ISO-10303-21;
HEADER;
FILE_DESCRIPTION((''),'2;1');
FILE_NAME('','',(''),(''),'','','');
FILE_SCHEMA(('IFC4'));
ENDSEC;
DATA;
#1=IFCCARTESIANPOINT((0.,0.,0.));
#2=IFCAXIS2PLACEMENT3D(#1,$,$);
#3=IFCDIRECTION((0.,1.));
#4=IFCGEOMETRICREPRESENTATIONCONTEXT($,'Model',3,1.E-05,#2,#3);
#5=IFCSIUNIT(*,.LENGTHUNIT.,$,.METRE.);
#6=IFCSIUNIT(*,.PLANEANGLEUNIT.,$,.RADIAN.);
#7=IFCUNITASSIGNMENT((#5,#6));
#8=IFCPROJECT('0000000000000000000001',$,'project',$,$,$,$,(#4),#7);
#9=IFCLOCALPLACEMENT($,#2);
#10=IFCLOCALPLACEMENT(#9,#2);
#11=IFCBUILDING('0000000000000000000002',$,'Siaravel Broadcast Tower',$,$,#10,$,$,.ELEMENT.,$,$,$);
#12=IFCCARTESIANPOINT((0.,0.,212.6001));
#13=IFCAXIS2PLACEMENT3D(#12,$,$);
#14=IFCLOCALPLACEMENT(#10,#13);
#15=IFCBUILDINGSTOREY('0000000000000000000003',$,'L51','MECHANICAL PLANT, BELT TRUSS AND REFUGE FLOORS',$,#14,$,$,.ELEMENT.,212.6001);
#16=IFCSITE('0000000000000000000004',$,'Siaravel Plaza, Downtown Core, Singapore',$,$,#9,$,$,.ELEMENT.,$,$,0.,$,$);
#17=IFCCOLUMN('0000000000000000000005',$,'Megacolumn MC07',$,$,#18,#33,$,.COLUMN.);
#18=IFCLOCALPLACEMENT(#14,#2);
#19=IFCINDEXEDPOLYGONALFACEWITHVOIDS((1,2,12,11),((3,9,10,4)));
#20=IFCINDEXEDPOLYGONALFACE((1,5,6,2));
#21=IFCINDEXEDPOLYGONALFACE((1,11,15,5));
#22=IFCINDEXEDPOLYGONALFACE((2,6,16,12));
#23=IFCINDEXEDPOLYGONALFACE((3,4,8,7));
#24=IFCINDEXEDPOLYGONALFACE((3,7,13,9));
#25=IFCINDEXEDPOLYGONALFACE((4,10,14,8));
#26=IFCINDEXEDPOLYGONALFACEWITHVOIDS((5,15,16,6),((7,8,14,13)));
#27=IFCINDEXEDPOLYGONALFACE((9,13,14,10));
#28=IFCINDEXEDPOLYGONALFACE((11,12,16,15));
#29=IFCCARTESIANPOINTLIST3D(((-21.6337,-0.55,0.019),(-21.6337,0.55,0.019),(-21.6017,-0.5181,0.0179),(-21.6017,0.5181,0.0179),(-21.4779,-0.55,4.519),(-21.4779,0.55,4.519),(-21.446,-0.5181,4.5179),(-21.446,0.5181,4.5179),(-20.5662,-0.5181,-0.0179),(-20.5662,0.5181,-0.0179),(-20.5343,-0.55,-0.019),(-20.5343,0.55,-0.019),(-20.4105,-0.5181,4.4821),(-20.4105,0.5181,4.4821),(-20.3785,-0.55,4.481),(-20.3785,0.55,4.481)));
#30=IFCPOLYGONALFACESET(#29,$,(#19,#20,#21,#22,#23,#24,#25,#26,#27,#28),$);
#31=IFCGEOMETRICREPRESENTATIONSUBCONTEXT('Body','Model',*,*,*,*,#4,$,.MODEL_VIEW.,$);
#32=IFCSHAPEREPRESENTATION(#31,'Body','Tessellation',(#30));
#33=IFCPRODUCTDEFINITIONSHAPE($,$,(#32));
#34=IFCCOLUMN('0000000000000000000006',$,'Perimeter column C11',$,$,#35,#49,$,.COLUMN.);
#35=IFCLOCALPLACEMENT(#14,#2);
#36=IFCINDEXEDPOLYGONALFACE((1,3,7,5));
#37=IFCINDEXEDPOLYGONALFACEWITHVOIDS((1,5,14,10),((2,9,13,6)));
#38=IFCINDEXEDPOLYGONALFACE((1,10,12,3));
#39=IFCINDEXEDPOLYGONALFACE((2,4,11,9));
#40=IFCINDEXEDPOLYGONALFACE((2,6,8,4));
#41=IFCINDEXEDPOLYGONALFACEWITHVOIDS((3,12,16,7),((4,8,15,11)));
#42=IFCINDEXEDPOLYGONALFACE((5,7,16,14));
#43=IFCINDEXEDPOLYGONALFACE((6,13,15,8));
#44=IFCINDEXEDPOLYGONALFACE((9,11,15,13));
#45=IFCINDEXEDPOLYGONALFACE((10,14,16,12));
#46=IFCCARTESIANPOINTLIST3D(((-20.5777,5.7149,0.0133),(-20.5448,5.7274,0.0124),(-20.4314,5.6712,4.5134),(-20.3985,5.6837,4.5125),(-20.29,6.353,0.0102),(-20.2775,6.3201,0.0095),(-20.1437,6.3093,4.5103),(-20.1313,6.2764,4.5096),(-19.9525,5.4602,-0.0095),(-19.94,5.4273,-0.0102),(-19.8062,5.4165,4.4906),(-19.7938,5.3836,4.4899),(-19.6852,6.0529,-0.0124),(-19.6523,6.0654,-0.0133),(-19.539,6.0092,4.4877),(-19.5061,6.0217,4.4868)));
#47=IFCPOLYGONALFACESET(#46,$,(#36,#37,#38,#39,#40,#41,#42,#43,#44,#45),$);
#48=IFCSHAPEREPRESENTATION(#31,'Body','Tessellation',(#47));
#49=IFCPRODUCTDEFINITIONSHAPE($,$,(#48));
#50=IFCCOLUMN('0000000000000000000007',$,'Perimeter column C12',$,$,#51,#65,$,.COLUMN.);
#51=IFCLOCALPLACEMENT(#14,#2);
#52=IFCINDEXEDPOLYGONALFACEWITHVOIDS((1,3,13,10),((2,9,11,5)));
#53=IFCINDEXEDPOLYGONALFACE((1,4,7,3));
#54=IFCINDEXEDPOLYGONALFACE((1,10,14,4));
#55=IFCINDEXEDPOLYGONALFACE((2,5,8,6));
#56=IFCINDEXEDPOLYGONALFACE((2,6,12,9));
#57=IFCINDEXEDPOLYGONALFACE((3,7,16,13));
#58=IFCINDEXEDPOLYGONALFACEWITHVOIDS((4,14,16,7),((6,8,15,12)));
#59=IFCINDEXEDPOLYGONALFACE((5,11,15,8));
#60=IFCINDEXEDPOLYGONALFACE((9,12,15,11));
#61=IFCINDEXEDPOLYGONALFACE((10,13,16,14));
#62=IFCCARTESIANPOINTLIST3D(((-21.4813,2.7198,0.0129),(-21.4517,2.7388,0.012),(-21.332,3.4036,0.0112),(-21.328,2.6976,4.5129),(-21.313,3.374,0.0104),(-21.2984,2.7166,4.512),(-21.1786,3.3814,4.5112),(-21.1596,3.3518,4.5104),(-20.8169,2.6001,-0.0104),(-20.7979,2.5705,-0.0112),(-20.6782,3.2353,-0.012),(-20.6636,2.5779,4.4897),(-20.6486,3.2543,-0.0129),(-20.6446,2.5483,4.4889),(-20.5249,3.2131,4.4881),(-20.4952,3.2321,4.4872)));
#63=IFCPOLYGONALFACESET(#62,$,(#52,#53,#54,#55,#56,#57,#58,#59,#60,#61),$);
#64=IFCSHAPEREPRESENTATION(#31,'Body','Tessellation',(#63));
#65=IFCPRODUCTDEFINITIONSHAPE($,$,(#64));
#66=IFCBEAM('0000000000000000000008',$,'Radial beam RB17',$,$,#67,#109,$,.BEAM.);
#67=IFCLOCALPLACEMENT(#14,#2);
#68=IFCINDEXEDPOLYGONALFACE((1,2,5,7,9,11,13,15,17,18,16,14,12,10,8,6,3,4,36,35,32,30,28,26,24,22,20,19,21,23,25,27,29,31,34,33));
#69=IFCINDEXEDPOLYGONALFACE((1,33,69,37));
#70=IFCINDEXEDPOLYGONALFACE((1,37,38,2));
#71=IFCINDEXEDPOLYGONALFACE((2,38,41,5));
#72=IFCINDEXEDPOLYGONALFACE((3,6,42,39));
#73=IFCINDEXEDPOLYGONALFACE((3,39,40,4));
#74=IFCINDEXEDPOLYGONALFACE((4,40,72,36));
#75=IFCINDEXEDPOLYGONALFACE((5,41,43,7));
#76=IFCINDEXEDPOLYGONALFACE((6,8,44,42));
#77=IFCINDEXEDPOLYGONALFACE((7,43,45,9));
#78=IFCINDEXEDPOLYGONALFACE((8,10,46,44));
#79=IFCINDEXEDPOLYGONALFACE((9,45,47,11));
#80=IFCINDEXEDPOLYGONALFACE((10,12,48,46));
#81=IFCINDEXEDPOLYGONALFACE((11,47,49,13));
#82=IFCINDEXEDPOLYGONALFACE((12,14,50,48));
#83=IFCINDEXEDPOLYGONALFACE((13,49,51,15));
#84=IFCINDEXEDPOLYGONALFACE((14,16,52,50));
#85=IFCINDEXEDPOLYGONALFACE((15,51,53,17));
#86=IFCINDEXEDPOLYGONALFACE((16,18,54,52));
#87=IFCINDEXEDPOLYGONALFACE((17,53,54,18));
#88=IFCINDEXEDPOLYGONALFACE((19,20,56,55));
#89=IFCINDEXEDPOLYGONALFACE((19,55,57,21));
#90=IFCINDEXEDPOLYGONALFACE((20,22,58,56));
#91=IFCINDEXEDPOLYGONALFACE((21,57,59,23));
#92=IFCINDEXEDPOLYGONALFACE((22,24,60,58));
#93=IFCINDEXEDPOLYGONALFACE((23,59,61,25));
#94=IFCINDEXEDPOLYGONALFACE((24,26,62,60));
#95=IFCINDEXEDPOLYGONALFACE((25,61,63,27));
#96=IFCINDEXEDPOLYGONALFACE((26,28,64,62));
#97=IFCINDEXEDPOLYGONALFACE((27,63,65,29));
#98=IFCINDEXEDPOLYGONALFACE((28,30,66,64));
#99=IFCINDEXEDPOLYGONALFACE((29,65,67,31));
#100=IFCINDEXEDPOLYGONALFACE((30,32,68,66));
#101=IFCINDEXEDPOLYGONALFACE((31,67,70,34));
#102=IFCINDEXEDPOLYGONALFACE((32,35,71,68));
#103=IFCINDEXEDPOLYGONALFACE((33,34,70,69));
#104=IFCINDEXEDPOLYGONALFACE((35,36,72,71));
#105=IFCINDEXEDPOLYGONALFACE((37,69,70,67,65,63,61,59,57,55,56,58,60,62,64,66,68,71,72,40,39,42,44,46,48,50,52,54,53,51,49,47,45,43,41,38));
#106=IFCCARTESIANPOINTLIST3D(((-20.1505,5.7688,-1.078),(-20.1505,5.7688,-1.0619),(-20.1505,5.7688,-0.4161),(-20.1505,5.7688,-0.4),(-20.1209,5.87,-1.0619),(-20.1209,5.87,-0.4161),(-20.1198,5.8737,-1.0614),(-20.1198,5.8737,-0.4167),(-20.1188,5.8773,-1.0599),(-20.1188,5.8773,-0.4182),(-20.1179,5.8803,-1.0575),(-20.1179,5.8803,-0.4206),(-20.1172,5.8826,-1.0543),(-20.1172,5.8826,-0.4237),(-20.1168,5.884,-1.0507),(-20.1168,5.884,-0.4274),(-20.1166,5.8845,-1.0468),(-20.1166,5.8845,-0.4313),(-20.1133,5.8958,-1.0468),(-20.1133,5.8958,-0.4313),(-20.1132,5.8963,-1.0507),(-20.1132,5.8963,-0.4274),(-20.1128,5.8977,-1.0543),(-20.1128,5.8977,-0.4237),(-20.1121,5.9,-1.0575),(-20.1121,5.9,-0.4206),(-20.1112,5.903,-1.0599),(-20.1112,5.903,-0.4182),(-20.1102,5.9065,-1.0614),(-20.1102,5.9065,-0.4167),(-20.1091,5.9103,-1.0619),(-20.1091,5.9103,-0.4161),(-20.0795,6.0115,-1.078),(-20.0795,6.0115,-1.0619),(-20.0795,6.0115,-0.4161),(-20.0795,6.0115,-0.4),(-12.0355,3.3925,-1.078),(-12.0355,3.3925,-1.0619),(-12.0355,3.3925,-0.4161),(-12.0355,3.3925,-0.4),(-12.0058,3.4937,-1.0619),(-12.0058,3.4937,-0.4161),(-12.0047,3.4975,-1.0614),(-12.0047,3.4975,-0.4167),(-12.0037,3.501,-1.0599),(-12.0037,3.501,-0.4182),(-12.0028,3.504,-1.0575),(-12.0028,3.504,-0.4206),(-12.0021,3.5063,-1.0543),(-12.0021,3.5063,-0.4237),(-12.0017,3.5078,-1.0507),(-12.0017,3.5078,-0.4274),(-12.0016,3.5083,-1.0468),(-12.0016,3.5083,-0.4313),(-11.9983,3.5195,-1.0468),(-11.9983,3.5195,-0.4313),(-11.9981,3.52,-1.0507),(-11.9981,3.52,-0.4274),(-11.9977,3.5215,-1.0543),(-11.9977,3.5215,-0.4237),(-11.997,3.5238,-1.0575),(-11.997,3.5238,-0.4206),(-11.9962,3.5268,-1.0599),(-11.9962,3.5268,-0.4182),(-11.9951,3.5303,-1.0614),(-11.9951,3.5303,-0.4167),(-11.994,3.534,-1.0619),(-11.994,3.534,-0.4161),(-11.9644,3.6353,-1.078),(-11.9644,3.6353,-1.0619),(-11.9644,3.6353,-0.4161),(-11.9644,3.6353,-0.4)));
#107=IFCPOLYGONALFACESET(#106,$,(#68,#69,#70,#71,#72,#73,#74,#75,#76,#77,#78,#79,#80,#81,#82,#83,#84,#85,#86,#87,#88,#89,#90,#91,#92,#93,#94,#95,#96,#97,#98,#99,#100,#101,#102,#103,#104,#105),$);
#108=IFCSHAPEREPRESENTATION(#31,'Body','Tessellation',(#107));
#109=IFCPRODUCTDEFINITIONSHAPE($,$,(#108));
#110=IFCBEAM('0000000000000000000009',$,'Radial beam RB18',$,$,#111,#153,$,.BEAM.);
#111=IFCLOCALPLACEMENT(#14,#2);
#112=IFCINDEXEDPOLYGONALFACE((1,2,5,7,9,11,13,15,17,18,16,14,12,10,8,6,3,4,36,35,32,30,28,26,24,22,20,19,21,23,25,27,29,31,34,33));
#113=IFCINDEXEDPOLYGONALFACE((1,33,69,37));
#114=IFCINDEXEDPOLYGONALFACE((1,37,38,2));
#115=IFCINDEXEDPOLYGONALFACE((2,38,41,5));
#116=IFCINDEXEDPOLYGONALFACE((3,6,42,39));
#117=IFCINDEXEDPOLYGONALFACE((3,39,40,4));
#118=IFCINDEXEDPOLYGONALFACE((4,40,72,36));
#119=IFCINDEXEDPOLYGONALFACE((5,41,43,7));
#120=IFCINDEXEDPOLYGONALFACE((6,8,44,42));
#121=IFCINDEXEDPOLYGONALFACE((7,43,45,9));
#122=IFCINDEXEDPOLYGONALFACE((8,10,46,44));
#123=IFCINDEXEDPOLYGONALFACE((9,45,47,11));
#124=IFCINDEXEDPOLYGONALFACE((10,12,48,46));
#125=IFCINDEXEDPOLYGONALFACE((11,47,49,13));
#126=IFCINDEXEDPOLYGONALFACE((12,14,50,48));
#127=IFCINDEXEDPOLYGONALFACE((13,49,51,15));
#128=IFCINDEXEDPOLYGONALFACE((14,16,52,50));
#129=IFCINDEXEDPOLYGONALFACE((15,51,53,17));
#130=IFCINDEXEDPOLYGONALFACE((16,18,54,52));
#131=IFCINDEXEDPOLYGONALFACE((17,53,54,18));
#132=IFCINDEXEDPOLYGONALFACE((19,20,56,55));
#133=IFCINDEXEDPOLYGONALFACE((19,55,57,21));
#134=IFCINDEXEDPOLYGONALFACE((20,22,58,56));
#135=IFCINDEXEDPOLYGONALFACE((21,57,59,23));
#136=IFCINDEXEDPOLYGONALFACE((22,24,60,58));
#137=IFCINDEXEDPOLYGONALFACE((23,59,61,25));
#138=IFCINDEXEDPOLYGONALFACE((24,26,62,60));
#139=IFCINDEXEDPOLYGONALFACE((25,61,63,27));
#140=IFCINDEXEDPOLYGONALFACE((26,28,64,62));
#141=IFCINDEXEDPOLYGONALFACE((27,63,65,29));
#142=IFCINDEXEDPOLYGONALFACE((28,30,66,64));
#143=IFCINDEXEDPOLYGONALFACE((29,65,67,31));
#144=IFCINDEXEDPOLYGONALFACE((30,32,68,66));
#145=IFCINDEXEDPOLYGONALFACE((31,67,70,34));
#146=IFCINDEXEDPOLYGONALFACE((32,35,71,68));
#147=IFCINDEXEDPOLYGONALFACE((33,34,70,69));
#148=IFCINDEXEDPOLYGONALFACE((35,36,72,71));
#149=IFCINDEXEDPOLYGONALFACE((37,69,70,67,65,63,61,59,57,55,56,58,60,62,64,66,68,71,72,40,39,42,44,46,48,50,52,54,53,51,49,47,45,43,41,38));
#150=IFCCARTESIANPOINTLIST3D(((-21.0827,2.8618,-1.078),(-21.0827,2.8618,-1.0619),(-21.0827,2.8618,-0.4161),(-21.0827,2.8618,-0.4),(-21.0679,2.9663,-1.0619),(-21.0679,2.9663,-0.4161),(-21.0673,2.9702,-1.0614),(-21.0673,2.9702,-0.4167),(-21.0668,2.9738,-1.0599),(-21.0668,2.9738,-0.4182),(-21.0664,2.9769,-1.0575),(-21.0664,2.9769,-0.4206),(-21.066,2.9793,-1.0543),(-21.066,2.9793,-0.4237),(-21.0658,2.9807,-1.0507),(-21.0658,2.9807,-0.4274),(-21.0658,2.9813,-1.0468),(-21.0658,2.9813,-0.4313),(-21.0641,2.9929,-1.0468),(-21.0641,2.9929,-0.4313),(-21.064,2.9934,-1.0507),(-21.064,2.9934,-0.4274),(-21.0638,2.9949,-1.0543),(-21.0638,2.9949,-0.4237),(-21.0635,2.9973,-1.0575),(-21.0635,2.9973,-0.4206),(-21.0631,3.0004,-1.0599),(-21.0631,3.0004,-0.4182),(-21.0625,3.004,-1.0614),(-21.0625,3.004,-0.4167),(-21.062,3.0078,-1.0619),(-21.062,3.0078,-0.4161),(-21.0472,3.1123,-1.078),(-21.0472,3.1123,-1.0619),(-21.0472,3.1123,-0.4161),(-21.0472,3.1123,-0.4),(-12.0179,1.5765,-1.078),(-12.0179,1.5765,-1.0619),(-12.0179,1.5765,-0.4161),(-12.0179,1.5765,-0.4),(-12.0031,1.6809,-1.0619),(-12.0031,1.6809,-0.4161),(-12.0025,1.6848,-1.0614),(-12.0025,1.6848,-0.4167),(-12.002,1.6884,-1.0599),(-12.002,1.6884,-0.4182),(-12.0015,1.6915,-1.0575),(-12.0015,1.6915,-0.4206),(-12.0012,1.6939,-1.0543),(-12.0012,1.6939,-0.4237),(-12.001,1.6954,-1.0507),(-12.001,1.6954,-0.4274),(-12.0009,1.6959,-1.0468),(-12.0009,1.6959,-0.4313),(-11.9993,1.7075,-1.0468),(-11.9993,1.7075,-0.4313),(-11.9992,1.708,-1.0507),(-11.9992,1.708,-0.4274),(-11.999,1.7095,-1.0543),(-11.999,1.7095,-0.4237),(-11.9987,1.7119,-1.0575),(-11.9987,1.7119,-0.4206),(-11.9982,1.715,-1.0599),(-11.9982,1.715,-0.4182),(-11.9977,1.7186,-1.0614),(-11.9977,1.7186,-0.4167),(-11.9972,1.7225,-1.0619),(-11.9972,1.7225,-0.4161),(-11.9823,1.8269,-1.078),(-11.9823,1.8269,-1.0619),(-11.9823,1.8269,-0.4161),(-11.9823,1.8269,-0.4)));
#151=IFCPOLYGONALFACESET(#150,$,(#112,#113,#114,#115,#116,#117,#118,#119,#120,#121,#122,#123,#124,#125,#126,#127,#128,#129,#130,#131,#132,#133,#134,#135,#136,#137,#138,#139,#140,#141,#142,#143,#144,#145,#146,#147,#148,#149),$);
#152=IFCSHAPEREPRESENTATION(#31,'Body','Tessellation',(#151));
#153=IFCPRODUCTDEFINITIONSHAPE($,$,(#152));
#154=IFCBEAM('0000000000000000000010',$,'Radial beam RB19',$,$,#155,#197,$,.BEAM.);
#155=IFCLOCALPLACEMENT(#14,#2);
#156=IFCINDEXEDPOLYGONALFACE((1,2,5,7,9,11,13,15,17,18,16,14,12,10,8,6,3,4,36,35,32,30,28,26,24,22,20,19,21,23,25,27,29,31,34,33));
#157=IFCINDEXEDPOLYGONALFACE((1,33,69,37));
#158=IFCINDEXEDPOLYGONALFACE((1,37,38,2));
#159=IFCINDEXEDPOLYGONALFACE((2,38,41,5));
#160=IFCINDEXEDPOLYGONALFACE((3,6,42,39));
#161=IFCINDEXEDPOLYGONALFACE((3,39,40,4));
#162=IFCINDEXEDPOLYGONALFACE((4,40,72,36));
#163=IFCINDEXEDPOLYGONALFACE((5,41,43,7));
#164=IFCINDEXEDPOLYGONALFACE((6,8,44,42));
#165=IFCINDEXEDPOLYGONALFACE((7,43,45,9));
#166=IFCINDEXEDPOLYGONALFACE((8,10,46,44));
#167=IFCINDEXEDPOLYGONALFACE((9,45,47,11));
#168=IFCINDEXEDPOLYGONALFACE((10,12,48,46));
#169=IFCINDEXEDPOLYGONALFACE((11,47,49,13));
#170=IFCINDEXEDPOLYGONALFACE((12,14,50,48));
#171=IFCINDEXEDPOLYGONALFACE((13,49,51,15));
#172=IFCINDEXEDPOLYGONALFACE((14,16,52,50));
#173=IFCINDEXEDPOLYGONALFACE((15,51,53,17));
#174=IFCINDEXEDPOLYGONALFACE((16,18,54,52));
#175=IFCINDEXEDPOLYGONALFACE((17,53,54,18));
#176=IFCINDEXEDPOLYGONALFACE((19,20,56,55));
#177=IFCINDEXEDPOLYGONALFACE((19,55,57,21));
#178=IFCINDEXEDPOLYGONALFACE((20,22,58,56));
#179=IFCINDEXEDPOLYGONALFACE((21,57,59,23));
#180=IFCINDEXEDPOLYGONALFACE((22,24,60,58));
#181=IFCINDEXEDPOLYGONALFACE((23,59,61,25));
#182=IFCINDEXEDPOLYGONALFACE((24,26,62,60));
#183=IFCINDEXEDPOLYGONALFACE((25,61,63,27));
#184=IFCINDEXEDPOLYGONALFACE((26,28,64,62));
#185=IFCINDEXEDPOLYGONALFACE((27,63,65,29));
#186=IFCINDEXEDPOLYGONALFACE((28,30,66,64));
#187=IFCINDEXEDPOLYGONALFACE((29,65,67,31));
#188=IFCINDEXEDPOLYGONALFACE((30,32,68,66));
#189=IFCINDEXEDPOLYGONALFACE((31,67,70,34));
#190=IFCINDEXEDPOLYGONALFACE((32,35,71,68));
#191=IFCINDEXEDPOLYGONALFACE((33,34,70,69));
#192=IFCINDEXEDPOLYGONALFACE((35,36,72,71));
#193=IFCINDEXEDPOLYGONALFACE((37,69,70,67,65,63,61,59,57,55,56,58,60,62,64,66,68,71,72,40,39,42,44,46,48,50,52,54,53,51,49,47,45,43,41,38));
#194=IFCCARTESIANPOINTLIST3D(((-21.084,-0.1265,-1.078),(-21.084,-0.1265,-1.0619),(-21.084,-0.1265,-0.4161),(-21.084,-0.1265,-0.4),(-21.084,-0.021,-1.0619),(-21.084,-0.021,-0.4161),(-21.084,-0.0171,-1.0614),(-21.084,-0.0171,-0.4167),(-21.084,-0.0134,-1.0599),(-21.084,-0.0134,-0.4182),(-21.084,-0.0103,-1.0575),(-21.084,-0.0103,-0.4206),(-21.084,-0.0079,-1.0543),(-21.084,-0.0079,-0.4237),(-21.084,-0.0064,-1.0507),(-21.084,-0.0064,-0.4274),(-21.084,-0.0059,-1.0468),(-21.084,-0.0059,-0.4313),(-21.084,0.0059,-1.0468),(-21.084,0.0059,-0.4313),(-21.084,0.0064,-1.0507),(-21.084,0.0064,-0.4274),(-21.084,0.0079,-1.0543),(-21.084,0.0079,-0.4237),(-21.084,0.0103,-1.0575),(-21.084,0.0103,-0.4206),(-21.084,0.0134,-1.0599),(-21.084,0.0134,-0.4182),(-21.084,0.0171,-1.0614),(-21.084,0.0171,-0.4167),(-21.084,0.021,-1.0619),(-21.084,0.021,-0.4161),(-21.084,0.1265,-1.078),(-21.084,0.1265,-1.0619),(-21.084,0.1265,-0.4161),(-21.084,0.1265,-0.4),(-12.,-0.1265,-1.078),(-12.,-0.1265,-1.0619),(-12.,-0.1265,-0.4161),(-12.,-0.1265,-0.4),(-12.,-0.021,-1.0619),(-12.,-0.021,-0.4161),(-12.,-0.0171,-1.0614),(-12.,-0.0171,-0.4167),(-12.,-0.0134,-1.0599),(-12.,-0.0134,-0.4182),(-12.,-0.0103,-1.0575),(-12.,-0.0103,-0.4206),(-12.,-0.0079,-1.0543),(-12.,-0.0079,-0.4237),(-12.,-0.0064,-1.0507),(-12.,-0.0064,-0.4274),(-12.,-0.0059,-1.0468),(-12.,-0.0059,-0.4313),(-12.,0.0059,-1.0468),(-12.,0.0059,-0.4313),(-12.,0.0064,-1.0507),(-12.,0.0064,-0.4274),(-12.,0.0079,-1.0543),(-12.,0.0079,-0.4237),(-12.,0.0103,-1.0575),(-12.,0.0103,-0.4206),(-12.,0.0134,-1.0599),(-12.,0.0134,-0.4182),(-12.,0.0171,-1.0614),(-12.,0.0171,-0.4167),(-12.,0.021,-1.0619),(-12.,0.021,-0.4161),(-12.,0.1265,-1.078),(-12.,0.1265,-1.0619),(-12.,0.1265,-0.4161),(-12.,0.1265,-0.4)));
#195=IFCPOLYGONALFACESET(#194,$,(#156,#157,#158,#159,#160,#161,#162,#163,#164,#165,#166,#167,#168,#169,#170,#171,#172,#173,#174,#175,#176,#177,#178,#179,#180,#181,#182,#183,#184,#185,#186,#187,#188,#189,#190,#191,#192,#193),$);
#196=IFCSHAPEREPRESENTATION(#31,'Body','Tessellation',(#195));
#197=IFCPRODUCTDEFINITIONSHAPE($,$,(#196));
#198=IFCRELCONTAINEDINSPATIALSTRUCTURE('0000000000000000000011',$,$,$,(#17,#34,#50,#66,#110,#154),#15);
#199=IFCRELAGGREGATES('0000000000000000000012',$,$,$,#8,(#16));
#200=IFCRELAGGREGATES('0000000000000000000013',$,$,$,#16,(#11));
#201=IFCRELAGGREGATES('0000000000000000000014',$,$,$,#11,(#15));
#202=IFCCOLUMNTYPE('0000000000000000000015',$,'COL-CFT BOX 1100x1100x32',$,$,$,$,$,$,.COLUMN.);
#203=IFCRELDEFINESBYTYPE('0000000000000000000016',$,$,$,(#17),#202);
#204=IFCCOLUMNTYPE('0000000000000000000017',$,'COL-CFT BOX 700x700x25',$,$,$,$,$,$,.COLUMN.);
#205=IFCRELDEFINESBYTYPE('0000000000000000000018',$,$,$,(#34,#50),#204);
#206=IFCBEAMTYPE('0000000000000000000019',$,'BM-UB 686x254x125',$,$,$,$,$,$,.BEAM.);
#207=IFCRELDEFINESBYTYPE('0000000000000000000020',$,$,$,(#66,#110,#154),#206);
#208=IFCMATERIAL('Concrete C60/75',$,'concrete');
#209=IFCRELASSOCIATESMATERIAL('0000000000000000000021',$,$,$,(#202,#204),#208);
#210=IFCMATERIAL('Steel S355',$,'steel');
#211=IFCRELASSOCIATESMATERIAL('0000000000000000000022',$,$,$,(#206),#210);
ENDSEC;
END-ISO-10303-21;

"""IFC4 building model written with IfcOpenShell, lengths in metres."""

from ifc_helpers import new_model, si_unit, direction, frame, origin, origin_2d, place, context, subcontext, project, spatial, hollow_rectangle, i_section, extrude, material, material_profile, profile_set, type_object, element, save


model = new_model("IFC4")

# Units and contexts
model_context = context("Model", 3, precision=1e-05, world=origin(), true_north=direction((0.0, 1.0)))
body_context = subcontext(model_context, "Body", "Model", "MODEL_VIEW")
ifc_project = project(units=[si_unit("LENGTHUNIT", "METRE"), si_unit("PLANEANGLEUNIT", "RADIAN")], contexts=[model_context])

# Site, building, storey
site_placement = place(None, origin())
site = spatial("IfcSite", under=ifc_project, at=site_placement, Name="Siaravel Plaza, Downtown Core, Singapore", CompositionType="ELEMENT", RefElevation=0.0)
building_placement = place(site_placement, origin())
building = spatial("IfcBuilding", under=site, at=building_placement, Name="Siaravel Broadcast Tower", CompositionType="ELEMENT")
storey_placement = place(building_placement, frame((0.0, 0.0, 212.6001)))
storey = spatial("IfcBuildingStorey", under=building, at=storey_placement, Name="L51", Description="MECHANICAL PLANT, BELT TRUSS AND REFUGE FLOORS", CompositionType="ELEMENT", Elevation=212.6001)

# Columns
ifc_material_1 = material(Name="Concrete C60/75", Category="concrete")
ifc_material_profile_1 = material_profile(ifc_material_1, hollow_rectangle(XDim=1.1001, YDim=1.1001, WallThickness=0.032, at=origin_2d()))
ifc_profile_set_1 = profile_set([ifc_material_profile_1], Name="Concrete C60/75")
column_type_1 = type_object("IfcColumnType", Name="COL-CFT BOX 1100x1100x32", PredefinedType="COLUMN", material=ifc_profile_set_1)
column_placement = place(storey_placement, frame((-21.084, 0.0, 0.0), z_axis=(0.034593, 0.0, 0.999401), x_axis=(0.0, 1.0, 0.0)))
element("IfcColumn", 1, at=column_placement, inside=storey, type_object=column_type_1, Name="Megacolumn MC07", PredefinedType="COLUMN", context=body_context, shape_type="SweptSolid", body=[
    extrude(hollow_rectangle(XDim=1.1001, YDim=1.1001, WallThickness=0.032, at=origin_2d()), origin(), (0.0, 0.0, 1.0), 4.5027),
])
ifc_material_profile_2 = material_profile(ifc_material_1, hollow_rectangle(XDim=0.7, YDim=0.7, WallThickness=0.0249, at=origin_2d()))
ifc_profile_set_2 = profile_set([ifc_material_profile_2], Name="Concrete C60/75")
column_type_2 = type_object("IfcColumnType", Name="COL-CFT BOX 700x700x25", PredefinedType="COLUMN", material=ifc_profile_set_2)
for number, where, z_axis, x_axis, name in (
    (2, (-20.115, 5.8901, 0.0), (0.032479, -0.009706, 0.999425), (0.41104, 0.911606, -0.004505), "Perimeter column C11"),
    (3, (-21.0649, 2.9871, 0.0), (0.034051, -0.004934, 0.999408), (0.213381, 0.976966, -0.002447), "Perimeter column C12"),
):
    element("IfcColumn", number, at=place(storey_placement, frame(where, z_axis=z_axis, x_axis=x_axis)), inside=storey, type_object=column_type_2, Name=name, PredefinedType="COLUMN", context=body_context, shape_type="SweptSolid", body=[
        extrude(hollow_rectangle(XDim=0.7, YDim=0.7, WallThickness=0.0249, at=origin_2d()), origin(), (0.0, 0.0, 1.0), 4.5027),
    ])

# Beams
ifc_material_2 = material(Name="Steel S355", Category="steel")
ifc_material_profile_3 = material_profile(ifc_material_2, i_section(OverallWidth=0.2529, OverallDepth=0.678, WebThickness=0.0117, FlangeThickness=0.0161, FilletRadius=0.0151, at=origin_2d()))
ifc_profile_set_3 = profile_set([ifc_material_profile_3], Name="Steel S355")
beam_type_1 = type_object("IfcBeamType", Name="BM-UB 686x254x125", PredefinedType="BEAM", material=ifc_profile_set_3)
beam_1_placement = place(storey_placement, frame((-20.115, 5.8901, -0.739), z_axis=(0.959702, -0.281019, 0.0), x_axis=(0.281019, 0.959702, 0.0)))
element("IfcBeam", 4, at=beam_1_placement, inside=storey, type_object=beam_type_1, Name="Radial beam RB17", PredefinedType="BEAM", context=body_context, shape_type="SweptSolid", body=[
    extrude(i_section(OverallWidth=0.2529, OverallDepth=0.678, WebThickness=0.0117, FlangeThickness=0.0161, FilletRadius=0.0151, at=origin_2d()), origin(), (0.0, 0.0, 1.0), 8.4558),
])
beam_2_placement = place(storey_placement, frame((-21.0649, 2.9871, -0.739), z_axis=(0.990096, -0.140395, 0.0), x_axis=(0.140395, 0.990096, 0.0)))
element("IfcBeam", 5, at=beam_2_placement, inside=storey, type_object=beam_type_1, Name="Radial beam RB18", PredefinedType="BEAM", context=body_context, shape_type="SweptSolid", body=[
    extrude(i_section(OverallWidth=0.2529, OverallDepth=0.678, WebThickness=0.0117, FlangeThickness=0.0161, FilletRadius=0.0151, at=origin_2d()), origin(), (0.0, 0.0, 1.0), 9.1555),
])
beam_3_placement = place(storey_placement, frame((-21.084, 0.0, -0.739), z_axis=(1.0, 0.0, 0.0), x_axis=(0.0, 1.0, 0.0)))
element("IfcBeam", 6, at=beam_3_placement, inside=storey, type_object=beam_type_1, Name="Radial beam RB19", PredefinedType="BEAM", context=body_context, shape_type="SweptSolid", body=[
    extrude(i_section(OverallWidth=0.2529, OverallDepth=0.678, WebThickness=0.0117, FlangeThickness=0.0161, FilletRadius=0.0151, at=origin_2d()), origin(), (0.0, 0.0, 1.0), 9.084),
])

save(model, "model.ifc")
